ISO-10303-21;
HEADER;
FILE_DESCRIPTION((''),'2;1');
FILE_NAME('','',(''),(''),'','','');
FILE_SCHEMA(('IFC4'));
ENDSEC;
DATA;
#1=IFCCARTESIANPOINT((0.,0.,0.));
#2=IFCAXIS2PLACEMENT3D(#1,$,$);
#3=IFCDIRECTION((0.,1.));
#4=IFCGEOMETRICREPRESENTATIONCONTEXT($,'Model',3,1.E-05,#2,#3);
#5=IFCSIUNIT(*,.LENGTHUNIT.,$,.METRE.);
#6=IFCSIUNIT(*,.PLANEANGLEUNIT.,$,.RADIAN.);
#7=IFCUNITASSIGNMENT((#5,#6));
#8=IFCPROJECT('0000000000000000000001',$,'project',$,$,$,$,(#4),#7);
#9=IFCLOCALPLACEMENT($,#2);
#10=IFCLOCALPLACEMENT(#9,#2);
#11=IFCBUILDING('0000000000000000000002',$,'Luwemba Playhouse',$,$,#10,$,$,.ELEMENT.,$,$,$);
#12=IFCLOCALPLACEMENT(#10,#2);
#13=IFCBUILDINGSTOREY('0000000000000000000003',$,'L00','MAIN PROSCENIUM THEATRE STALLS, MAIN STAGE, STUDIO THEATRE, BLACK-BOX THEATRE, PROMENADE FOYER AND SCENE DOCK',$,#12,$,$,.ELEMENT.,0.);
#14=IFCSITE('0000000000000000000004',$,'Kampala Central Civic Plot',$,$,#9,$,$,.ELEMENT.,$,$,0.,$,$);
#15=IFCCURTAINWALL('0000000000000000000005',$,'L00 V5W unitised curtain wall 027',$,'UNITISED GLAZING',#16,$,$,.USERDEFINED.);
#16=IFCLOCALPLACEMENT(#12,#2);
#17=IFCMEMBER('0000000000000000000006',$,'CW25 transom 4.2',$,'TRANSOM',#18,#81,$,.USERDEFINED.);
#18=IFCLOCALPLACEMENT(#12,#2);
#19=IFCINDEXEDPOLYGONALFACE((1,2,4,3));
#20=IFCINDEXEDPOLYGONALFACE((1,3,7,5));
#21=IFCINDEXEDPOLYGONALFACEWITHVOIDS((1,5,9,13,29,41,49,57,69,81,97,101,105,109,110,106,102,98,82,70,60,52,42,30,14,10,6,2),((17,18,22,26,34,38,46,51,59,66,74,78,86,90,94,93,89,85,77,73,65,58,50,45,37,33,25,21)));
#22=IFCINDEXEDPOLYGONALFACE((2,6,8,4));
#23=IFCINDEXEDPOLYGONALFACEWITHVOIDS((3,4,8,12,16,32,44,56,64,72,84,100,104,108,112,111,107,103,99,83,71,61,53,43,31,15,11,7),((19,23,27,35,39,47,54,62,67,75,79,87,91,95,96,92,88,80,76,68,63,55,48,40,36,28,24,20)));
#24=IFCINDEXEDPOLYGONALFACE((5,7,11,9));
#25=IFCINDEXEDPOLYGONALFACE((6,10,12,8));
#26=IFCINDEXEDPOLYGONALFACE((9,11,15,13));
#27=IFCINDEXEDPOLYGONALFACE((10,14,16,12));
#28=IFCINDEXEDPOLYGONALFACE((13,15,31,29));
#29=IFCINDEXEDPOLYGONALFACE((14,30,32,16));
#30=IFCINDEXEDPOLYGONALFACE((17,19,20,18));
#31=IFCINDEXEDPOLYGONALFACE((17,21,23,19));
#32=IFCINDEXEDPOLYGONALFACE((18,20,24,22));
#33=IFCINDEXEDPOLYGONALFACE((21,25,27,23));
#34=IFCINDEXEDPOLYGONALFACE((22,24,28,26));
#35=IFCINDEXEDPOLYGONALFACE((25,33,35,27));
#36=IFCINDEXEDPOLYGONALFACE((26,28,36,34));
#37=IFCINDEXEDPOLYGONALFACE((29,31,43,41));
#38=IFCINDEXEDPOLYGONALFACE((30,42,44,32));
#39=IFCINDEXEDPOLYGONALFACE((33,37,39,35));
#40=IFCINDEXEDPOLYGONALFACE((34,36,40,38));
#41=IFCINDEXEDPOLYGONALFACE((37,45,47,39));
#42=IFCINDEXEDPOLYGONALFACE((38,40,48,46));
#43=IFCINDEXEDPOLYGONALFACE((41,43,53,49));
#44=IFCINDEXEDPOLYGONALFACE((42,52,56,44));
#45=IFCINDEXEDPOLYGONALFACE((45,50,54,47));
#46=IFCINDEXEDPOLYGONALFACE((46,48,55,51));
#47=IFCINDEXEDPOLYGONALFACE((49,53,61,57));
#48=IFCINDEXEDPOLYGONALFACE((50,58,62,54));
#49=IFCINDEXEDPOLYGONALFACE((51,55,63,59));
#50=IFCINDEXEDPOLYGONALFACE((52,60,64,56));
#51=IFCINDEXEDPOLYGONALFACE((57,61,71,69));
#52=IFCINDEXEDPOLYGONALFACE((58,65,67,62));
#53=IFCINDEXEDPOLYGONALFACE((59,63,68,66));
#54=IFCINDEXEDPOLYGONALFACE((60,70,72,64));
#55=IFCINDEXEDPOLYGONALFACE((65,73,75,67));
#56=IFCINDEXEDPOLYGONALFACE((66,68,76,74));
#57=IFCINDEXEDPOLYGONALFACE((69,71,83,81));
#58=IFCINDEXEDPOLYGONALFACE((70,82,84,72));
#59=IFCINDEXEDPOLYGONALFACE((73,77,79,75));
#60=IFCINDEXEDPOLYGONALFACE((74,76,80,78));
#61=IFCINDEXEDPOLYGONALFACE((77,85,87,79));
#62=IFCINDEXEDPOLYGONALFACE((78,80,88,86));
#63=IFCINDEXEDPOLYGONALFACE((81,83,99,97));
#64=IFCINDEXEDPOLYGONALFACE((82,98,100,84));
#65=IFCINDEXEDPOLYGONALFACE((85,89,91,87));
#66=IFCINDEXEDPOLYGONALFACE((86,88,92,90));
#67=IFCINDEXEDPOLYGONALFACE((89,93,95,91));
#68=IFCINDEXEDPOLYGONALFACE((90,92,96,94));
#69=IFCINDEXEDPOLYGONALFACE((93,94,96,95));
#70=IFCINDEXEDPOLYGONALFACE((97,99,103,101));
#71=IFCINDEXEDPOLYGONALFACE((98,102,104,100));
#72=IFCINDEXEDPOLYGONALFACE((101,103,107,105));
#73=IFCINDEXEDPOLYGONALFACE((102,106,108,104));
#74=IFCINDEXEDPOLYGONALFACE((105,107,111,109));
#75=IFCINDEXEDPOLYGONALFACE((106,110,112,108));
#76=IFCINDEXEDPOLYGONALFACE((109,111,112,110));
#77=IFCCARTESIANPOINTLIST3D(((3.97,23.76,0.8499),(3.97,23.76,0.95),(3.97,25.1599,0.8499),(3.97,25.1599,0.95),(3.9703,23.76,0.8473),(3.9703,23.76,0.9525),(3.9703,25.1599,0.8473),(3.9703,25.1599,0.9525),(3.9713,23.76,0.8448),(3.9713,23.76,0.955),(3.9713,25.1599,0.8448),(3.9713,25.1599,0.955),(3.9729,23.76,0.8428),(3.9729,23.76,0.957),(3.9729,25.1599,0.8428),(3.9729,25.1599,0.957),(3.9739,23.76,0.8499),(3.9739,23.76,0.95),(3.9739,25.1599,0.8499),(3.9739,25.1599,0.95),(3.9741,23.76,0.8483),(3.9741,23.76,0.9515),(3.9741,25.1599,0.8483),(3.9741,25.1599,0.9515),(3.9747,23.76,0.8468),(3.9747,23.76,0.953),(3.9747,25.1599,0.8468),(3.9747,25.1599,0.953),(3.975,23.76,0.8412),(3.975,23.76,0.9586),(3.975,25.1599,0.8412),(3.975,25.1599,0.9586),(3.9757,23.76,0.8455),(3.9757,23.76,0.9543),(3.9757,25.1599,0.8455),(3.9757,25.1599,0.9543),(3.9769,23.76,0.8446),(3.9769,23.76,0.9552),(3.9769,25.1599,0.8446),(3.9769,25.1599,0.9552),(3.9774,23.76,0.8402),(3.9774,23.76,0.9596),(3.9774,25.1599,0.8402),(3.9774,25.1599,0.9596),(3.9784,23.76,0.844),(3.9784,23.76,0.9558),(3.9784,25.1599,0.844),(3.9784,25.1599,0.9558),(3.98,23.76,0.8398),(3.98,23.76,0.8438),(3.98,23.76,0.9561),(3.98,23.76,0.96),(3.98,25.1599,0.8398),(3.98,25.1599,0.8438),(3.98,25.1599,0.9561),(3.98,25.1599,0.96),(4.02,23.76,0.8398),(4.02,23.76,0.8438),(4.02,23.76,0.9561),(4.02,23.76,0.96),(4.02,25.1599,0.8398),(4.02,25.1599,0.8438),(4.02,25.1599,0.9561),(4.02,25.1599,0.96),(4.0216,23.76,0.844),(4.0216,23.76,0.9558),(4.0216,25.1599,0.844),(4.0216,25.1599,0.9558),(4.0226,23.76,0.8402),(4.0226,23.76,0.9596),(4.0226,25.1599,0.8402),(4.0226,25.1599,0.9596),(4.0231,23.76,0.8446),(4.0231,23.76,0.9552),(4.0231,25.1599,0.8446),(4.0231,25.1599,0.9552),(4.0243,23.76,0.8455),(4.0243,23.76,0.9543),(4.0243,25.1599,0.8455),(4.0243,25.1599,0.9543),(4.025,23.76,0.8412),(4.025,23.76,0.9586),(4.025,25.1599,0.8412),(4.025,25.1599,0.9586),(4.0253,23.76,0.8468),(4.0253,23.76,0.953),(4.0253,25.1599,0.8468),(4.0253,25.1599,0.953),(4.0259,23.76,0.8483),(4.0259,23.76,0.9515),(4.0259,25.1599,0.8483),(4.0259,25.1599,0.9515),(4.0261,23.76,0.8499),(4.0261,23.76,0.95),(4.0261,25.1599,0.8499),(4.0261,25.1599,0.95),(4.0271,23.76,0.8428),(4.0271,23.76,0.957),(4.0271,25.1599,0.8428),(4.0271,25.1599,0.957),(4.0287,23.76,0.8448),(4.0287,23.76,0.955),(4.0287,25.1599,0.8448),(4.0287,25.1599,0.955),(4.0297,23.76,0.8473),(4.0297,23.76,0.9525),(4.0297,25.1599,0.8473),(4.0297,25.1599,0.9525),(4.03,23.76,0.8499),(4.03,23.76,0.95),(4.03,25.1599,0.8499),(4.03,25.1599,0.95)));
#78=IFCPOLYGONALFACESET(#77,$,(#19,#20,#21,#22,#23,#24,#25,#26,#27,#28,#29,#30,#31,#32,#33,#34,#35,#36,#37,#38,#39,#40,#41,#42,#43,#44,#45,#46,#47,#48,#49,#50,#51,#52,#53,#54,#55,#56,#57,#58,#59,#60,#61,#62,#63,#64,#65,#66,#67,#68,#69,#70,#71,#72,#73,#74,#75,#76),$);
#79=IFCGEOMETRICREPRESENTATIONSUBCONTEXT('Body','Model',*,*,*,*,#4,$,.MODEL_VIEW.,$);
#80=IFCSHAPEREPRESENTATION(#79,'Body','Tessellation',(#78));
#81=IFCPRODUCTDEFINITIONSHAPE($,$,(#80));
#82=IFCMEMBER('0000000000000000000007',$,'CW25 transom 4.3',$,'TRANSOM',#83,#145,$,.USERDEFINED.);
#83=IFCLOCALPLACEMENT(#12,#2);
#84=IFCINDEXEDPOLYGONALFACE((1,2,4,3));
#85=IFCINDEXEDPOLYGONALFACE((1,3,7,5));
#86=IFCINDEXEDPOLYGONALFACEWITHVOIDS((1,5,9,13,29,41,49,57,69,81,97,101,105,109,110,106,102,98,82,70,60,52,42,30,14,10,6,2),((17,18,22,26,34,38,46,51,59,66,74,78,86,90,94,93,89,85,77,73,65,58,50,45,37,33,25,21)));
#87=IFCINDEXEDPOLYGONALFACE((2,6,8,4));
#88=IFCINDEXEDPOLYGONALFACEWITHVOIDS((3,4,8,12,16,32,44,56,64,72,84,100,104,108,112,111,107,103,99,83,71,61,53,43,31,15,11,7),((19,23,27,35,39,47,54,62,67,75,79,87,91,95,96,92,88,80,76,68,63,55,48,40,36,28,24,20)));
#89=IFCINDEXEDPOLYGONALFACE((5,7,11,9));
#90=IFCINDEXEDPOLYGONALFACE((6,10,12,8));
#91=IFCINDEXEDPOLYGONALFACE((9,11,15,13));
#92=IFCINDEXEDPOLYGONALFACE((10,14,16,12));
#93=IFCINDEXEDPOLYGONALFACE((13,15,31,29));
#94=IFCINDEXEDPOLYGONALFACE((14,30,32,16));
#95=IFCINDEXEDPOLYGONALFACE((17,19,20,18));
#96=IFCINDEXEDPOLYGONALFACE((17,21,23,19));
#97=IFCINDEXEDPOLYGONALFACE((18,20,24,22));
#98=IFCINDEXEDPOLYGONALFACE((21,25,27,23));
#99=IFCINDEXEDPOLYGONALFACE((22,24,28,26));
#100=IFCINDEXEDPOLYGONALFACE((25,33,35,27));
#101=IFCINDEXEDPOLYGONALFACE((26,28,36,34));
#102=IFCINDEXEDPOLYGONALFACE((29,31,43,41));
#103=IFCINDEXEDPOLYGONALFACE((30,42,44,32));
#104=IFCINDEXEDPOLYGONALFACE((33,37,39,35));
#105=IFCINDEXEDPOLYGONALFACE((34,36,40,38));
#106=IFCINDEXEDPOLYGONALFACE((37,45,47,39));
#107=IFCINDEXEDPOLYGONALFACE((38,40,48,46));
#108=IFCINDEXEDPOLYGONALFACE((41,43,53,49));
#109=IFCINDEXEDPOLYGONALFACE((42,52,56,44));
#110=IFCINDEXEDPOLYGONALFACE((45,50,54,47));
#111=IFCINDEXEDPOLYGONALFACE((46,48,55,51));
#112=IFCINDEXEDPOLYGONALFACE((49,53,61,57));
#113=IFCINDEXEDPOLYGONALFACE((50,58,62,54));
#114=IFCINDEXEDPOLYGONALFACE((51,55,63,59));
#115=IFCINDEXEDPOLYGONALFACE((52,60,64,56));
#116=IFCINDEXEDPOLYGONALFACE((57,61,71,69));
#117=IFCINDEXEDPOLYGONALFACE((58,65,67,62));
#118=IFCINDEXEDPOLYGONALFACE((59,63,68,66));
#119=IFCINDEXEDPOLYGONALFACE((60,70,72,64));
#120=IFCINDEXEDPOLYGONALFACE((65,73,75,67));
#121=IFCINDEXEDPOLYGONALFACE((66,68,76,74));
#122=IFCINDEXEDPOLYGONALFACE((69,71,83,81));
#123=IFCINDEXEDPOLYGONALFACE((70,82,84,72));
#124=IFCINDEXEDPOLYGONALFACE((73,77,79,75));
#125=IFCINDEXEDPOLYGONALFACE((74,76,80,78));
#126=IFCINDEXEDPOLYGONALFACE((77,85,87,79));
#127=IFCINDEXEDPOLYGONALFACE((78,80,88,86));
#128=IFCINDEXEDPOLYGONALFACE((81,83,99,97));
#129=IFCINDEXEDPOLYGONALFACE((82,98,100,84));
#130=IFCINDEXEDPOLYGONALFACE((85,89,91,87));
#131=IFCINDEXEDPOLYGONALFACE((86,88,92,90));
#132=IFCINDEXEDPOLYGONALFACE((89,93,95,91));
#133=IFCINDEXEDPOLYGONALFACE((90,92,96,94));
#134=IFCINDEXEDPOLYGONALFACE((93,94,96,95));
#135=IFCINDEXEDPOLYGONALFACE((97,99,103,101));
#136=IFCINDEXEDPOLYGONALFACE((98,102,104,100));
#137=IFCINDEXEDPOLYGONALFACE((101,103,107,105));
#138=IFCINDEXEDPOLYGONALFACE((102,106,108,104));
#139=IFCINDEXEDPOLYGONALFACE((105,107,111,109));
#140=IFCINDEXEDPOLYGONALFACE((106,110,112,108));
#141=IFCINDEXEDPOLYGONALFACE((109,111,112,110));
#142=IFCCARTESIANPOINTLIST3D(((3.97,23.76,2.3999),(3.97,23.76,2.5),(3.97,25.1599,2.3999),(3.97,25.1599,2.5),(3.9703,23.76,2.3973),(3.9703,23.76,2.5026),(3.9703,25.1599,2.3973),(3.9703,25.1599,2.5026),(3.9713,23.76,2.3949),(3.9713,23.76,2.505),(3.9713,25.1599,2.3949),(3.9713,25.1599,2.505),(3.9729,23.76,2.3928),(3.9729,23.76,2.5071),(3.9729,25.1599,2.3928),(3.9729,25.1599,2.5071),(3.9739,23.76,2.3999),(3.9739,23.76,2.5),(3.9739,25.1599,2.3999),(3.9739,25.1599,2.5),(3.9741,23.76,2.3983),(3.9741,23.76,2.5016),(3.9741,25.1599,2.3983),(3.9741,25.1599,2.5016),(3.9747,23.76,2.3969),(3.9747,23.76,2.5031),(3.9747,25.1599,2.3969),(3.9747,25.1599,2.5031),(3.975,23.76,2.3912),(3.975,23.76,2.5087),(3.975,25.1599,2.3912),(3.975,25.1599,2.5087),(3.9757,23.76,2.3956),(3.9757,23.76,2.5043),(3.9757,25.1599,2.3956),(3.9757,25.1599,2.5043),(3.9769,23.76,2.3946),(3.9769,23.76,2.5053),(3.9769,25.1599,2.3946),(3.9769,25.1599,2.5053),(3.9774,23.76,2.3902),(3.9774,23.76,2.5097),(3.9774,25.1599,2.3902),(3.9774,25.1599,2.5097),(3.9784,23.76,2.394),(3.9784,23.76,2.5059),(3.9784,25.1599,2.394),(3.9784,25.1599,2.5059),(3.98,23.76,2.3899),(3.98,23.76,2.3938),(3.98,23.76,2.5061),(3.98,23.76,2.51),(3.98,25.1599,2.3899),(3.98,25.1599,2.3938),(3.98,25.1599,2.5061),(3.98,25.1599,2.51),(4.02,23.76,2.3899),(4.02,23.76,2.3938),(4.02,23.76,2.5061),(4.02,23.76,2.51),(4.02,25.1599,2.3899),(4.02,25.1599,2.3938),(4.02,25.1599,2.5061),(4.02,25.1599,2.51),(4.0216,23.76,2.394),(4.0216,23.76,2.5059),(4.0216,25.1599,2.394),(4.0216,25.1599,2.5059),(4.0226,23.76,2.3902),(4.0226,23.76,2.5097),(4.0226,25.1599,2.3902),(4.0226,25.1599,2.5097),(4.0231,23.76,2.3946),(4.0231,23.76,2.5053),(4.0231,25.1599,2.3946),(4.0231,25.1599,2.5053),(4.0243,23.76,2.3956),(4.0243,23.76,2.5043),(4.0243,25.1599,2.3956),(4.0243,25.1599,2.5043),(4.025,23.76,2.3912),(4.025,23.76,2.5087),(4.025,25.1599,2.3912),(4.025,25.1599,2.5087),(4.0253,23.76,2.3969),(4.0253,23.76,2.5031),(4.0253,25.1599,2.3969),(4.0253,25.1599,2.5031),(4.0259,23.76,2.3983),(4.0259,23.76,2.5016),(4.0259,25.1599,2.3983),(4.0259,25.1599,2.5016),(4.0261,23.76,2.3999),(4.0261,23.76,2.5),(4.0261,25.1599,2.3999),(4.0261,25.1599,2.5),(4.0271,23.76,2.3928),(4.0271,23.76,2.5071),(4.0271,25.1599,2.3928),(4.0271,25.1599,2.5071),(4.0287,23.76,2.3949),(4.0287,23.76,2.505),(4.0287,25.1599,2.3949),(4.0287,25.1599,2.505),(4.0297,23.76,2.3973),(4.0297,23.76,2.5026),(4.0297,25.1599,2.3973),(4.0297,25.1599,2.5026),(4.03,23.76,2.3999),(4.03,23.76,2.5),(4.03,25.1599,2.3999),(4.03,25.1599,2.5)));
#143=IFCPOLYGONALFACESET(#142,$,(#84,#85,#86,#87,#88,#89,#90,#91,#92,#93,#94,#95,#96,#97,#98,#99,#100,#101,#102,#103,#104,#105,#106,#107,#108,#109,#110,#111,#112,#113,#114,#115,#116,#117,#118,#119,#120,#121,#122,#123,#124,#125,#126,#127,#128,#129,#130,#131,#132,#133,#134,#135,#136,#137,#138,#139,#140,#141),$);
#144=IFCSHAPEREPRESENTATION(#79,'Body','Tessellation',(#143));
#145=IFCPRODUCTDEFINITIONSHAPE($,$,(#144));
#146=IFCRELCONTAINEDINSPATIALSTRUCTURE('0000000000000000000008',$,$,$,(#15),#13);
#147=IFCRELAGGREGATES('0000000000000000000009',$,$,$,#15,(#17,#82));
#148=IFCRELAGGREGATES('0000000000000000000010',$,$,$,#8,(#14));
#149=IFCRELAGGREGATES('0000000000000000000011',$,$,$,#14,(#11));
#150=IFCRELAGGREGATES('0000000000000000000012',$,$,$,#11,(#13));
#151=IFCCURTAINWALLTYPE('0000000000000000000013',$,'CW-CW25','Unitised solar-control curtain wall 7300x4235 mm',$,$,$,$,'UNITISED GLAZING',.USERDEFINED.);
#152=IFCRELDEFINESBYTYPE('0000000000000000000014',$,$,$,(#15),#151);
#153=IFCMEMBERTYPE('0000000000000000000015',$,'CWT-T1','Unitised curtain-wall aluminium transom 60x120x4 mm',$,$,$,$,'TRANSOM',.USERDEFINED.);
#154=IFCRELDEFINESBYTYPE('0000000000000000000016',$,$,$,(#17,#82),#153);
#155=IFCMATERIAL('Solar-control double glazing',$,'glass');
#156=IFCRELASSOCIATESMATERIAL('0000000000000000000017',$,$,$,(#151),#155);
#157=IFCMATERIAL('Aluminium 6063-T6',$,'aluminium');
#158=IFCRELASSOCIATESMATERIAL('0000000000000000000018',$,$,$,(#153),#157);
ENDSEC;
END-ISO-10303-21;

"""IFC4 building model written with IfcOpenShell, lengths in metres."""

from ifc_helpers import new_model, si_unit, direction, frame, origin, origin_2d, place, context, subcontext, project, spatial, hollow_rectangle, extrude, material, material_profile, profile_set, type_object, element, aggregate, save


model = new_model("IFC4")

# Units and contexts
model_context = context("Model", 3, precision=1e-05, world=origin(), true_north=direction((0.0, 1.0)))
body_context = subcontext(model_context, "Body", "Model", "MODEL_VIEW")
ifc_project = project(units=[si_unit("LENGTHUNIT", "METRE"), si_unit("PLANEANGLEUNIT", "RADIAN")], contexts=[model_context])

# Site, building, storey
site_placement = place(None, origin())
site = spatial("IfcSite", under=ifc_project, at=site_placement, Name="Kampala Central Civic Plot", CompositionType="ELEMENT", RefElevation=0.0)
building_placement = place(site_placement, origin())
building = spatial("IfcBuilding", under=site, at=building_placement, Name="Luwemba Playhouse", CompositionType="ELEMENT")
storey_placement = place(building_placement, origin())
storey = spatial("IfcBuildingStorey", under=building, at=storey_placement, Name="L00", Description="MAIN PROSCENIUM THEATRE STALLS, MAIN STAGE, STUDIO THEATRE, BLACK-BOX THEATRE, PROMENADE FOYER AND SCENE DOCK", CompositionType="ELEMENT", Elevation=0.0)

# Curtain wall
ifc_material_1 = material(Name="Solar-control double glazing", Category="glass")
curtain_wall_type_1 = type_object("IfcCurtainWallType", Name="CW-CW25", Description="Unitised solar-control curtain wall 7300x4235 mm", ElementType="UNITISED GLAZING", PredefinedType="USERDEFINED", material=ifc_material_1)
curtain_wall_1_placement = place(storey_placement, origin())
curtain_wall_1 = element("IfcCurtainWall", 1, at=curtain_wall_1_placement, inside=storey, type_object=curtain_wall_type_1, Name="L00 V5W unitised curtain wall 027", ObjectType="UNITISED GLAZING", PredefinedType="USERDEFINED")
ifc_material_2 = material(Name="Aluminium 6063-T6", Category="aluminium")

# Members
ifc_material_profile_1 = material_profile(ifc_material_2, hollow_rectangle(XDim=0.0601, YDim=0.1201, WallThickness=0.0039, InnerFilletRadius=0.0061, OuterFilletRadius=0.01, at=origin_2d()))
ifc_profile_set_1 = profile_set([ifc_material_profile_1], Name="Aluminium 6063-T6")
member_type_1 = type_object("IfcMemberType", Name="CWT-T1", Description="Unitised curtain-wall aluminium transom 60x120x4 mm", ElementType="TRANSOM", PredefinedType="USERDEFINED", material=ifc_profile_set_1)
member_1_placement = place(storey_placement, frame((4.0, 23.76, 0.8999), z_axis=(0.0, 1.0, 0.0), x_axis=(-1.0, 0.0, 0.0)))
member_1 = element("IfcMember", 2, at=member_1_placement, type_object=member_type_1, Name="CW25 transom 4.2", ObjectType="TRANSOM", PredefinedType="USERDEFINED", context=body_context, shape_type="SweptSolid", body=[
    extrude(hollow_rectangle(XDim=0.0601, YDim=0.1201, WallThickness=0.0039, InnerFilletRadius=0.0061, OuterFilletRadius=0.01, at=origin_2d()), origin(), (0.0, 0.0, 1.0), 1.3999),
])
member_2_placement = place(storey_placement, frame((4.0, 23.76, 2.45), z_axis=(0.0, 1.0, 0.0), x_axis=(-1.0, 0.0, 0.0)))
member_2 = element("IfcMember", 3, at=member_2_placement, type_object=member_type_1, Name="CW25 transom 4.3", ObjectType="TRANSOM", PredefinedType="USERDEFINED", context=body_context, shape_type="SweptSolid", body=[
    extrude(hollow_rectangle(XDim=0.0601, YDim=0.1201, WallThickness=0.0039, InnerFilletRadius=0.0061, OuterFilletRadius=0.01, at=origin_2d()), origin(), (0.0, 0.0, 1.0), 1.3999),
])

aggregate(curtain_wall_1, [member_1, member_2])

save(model, "model.ifc")
